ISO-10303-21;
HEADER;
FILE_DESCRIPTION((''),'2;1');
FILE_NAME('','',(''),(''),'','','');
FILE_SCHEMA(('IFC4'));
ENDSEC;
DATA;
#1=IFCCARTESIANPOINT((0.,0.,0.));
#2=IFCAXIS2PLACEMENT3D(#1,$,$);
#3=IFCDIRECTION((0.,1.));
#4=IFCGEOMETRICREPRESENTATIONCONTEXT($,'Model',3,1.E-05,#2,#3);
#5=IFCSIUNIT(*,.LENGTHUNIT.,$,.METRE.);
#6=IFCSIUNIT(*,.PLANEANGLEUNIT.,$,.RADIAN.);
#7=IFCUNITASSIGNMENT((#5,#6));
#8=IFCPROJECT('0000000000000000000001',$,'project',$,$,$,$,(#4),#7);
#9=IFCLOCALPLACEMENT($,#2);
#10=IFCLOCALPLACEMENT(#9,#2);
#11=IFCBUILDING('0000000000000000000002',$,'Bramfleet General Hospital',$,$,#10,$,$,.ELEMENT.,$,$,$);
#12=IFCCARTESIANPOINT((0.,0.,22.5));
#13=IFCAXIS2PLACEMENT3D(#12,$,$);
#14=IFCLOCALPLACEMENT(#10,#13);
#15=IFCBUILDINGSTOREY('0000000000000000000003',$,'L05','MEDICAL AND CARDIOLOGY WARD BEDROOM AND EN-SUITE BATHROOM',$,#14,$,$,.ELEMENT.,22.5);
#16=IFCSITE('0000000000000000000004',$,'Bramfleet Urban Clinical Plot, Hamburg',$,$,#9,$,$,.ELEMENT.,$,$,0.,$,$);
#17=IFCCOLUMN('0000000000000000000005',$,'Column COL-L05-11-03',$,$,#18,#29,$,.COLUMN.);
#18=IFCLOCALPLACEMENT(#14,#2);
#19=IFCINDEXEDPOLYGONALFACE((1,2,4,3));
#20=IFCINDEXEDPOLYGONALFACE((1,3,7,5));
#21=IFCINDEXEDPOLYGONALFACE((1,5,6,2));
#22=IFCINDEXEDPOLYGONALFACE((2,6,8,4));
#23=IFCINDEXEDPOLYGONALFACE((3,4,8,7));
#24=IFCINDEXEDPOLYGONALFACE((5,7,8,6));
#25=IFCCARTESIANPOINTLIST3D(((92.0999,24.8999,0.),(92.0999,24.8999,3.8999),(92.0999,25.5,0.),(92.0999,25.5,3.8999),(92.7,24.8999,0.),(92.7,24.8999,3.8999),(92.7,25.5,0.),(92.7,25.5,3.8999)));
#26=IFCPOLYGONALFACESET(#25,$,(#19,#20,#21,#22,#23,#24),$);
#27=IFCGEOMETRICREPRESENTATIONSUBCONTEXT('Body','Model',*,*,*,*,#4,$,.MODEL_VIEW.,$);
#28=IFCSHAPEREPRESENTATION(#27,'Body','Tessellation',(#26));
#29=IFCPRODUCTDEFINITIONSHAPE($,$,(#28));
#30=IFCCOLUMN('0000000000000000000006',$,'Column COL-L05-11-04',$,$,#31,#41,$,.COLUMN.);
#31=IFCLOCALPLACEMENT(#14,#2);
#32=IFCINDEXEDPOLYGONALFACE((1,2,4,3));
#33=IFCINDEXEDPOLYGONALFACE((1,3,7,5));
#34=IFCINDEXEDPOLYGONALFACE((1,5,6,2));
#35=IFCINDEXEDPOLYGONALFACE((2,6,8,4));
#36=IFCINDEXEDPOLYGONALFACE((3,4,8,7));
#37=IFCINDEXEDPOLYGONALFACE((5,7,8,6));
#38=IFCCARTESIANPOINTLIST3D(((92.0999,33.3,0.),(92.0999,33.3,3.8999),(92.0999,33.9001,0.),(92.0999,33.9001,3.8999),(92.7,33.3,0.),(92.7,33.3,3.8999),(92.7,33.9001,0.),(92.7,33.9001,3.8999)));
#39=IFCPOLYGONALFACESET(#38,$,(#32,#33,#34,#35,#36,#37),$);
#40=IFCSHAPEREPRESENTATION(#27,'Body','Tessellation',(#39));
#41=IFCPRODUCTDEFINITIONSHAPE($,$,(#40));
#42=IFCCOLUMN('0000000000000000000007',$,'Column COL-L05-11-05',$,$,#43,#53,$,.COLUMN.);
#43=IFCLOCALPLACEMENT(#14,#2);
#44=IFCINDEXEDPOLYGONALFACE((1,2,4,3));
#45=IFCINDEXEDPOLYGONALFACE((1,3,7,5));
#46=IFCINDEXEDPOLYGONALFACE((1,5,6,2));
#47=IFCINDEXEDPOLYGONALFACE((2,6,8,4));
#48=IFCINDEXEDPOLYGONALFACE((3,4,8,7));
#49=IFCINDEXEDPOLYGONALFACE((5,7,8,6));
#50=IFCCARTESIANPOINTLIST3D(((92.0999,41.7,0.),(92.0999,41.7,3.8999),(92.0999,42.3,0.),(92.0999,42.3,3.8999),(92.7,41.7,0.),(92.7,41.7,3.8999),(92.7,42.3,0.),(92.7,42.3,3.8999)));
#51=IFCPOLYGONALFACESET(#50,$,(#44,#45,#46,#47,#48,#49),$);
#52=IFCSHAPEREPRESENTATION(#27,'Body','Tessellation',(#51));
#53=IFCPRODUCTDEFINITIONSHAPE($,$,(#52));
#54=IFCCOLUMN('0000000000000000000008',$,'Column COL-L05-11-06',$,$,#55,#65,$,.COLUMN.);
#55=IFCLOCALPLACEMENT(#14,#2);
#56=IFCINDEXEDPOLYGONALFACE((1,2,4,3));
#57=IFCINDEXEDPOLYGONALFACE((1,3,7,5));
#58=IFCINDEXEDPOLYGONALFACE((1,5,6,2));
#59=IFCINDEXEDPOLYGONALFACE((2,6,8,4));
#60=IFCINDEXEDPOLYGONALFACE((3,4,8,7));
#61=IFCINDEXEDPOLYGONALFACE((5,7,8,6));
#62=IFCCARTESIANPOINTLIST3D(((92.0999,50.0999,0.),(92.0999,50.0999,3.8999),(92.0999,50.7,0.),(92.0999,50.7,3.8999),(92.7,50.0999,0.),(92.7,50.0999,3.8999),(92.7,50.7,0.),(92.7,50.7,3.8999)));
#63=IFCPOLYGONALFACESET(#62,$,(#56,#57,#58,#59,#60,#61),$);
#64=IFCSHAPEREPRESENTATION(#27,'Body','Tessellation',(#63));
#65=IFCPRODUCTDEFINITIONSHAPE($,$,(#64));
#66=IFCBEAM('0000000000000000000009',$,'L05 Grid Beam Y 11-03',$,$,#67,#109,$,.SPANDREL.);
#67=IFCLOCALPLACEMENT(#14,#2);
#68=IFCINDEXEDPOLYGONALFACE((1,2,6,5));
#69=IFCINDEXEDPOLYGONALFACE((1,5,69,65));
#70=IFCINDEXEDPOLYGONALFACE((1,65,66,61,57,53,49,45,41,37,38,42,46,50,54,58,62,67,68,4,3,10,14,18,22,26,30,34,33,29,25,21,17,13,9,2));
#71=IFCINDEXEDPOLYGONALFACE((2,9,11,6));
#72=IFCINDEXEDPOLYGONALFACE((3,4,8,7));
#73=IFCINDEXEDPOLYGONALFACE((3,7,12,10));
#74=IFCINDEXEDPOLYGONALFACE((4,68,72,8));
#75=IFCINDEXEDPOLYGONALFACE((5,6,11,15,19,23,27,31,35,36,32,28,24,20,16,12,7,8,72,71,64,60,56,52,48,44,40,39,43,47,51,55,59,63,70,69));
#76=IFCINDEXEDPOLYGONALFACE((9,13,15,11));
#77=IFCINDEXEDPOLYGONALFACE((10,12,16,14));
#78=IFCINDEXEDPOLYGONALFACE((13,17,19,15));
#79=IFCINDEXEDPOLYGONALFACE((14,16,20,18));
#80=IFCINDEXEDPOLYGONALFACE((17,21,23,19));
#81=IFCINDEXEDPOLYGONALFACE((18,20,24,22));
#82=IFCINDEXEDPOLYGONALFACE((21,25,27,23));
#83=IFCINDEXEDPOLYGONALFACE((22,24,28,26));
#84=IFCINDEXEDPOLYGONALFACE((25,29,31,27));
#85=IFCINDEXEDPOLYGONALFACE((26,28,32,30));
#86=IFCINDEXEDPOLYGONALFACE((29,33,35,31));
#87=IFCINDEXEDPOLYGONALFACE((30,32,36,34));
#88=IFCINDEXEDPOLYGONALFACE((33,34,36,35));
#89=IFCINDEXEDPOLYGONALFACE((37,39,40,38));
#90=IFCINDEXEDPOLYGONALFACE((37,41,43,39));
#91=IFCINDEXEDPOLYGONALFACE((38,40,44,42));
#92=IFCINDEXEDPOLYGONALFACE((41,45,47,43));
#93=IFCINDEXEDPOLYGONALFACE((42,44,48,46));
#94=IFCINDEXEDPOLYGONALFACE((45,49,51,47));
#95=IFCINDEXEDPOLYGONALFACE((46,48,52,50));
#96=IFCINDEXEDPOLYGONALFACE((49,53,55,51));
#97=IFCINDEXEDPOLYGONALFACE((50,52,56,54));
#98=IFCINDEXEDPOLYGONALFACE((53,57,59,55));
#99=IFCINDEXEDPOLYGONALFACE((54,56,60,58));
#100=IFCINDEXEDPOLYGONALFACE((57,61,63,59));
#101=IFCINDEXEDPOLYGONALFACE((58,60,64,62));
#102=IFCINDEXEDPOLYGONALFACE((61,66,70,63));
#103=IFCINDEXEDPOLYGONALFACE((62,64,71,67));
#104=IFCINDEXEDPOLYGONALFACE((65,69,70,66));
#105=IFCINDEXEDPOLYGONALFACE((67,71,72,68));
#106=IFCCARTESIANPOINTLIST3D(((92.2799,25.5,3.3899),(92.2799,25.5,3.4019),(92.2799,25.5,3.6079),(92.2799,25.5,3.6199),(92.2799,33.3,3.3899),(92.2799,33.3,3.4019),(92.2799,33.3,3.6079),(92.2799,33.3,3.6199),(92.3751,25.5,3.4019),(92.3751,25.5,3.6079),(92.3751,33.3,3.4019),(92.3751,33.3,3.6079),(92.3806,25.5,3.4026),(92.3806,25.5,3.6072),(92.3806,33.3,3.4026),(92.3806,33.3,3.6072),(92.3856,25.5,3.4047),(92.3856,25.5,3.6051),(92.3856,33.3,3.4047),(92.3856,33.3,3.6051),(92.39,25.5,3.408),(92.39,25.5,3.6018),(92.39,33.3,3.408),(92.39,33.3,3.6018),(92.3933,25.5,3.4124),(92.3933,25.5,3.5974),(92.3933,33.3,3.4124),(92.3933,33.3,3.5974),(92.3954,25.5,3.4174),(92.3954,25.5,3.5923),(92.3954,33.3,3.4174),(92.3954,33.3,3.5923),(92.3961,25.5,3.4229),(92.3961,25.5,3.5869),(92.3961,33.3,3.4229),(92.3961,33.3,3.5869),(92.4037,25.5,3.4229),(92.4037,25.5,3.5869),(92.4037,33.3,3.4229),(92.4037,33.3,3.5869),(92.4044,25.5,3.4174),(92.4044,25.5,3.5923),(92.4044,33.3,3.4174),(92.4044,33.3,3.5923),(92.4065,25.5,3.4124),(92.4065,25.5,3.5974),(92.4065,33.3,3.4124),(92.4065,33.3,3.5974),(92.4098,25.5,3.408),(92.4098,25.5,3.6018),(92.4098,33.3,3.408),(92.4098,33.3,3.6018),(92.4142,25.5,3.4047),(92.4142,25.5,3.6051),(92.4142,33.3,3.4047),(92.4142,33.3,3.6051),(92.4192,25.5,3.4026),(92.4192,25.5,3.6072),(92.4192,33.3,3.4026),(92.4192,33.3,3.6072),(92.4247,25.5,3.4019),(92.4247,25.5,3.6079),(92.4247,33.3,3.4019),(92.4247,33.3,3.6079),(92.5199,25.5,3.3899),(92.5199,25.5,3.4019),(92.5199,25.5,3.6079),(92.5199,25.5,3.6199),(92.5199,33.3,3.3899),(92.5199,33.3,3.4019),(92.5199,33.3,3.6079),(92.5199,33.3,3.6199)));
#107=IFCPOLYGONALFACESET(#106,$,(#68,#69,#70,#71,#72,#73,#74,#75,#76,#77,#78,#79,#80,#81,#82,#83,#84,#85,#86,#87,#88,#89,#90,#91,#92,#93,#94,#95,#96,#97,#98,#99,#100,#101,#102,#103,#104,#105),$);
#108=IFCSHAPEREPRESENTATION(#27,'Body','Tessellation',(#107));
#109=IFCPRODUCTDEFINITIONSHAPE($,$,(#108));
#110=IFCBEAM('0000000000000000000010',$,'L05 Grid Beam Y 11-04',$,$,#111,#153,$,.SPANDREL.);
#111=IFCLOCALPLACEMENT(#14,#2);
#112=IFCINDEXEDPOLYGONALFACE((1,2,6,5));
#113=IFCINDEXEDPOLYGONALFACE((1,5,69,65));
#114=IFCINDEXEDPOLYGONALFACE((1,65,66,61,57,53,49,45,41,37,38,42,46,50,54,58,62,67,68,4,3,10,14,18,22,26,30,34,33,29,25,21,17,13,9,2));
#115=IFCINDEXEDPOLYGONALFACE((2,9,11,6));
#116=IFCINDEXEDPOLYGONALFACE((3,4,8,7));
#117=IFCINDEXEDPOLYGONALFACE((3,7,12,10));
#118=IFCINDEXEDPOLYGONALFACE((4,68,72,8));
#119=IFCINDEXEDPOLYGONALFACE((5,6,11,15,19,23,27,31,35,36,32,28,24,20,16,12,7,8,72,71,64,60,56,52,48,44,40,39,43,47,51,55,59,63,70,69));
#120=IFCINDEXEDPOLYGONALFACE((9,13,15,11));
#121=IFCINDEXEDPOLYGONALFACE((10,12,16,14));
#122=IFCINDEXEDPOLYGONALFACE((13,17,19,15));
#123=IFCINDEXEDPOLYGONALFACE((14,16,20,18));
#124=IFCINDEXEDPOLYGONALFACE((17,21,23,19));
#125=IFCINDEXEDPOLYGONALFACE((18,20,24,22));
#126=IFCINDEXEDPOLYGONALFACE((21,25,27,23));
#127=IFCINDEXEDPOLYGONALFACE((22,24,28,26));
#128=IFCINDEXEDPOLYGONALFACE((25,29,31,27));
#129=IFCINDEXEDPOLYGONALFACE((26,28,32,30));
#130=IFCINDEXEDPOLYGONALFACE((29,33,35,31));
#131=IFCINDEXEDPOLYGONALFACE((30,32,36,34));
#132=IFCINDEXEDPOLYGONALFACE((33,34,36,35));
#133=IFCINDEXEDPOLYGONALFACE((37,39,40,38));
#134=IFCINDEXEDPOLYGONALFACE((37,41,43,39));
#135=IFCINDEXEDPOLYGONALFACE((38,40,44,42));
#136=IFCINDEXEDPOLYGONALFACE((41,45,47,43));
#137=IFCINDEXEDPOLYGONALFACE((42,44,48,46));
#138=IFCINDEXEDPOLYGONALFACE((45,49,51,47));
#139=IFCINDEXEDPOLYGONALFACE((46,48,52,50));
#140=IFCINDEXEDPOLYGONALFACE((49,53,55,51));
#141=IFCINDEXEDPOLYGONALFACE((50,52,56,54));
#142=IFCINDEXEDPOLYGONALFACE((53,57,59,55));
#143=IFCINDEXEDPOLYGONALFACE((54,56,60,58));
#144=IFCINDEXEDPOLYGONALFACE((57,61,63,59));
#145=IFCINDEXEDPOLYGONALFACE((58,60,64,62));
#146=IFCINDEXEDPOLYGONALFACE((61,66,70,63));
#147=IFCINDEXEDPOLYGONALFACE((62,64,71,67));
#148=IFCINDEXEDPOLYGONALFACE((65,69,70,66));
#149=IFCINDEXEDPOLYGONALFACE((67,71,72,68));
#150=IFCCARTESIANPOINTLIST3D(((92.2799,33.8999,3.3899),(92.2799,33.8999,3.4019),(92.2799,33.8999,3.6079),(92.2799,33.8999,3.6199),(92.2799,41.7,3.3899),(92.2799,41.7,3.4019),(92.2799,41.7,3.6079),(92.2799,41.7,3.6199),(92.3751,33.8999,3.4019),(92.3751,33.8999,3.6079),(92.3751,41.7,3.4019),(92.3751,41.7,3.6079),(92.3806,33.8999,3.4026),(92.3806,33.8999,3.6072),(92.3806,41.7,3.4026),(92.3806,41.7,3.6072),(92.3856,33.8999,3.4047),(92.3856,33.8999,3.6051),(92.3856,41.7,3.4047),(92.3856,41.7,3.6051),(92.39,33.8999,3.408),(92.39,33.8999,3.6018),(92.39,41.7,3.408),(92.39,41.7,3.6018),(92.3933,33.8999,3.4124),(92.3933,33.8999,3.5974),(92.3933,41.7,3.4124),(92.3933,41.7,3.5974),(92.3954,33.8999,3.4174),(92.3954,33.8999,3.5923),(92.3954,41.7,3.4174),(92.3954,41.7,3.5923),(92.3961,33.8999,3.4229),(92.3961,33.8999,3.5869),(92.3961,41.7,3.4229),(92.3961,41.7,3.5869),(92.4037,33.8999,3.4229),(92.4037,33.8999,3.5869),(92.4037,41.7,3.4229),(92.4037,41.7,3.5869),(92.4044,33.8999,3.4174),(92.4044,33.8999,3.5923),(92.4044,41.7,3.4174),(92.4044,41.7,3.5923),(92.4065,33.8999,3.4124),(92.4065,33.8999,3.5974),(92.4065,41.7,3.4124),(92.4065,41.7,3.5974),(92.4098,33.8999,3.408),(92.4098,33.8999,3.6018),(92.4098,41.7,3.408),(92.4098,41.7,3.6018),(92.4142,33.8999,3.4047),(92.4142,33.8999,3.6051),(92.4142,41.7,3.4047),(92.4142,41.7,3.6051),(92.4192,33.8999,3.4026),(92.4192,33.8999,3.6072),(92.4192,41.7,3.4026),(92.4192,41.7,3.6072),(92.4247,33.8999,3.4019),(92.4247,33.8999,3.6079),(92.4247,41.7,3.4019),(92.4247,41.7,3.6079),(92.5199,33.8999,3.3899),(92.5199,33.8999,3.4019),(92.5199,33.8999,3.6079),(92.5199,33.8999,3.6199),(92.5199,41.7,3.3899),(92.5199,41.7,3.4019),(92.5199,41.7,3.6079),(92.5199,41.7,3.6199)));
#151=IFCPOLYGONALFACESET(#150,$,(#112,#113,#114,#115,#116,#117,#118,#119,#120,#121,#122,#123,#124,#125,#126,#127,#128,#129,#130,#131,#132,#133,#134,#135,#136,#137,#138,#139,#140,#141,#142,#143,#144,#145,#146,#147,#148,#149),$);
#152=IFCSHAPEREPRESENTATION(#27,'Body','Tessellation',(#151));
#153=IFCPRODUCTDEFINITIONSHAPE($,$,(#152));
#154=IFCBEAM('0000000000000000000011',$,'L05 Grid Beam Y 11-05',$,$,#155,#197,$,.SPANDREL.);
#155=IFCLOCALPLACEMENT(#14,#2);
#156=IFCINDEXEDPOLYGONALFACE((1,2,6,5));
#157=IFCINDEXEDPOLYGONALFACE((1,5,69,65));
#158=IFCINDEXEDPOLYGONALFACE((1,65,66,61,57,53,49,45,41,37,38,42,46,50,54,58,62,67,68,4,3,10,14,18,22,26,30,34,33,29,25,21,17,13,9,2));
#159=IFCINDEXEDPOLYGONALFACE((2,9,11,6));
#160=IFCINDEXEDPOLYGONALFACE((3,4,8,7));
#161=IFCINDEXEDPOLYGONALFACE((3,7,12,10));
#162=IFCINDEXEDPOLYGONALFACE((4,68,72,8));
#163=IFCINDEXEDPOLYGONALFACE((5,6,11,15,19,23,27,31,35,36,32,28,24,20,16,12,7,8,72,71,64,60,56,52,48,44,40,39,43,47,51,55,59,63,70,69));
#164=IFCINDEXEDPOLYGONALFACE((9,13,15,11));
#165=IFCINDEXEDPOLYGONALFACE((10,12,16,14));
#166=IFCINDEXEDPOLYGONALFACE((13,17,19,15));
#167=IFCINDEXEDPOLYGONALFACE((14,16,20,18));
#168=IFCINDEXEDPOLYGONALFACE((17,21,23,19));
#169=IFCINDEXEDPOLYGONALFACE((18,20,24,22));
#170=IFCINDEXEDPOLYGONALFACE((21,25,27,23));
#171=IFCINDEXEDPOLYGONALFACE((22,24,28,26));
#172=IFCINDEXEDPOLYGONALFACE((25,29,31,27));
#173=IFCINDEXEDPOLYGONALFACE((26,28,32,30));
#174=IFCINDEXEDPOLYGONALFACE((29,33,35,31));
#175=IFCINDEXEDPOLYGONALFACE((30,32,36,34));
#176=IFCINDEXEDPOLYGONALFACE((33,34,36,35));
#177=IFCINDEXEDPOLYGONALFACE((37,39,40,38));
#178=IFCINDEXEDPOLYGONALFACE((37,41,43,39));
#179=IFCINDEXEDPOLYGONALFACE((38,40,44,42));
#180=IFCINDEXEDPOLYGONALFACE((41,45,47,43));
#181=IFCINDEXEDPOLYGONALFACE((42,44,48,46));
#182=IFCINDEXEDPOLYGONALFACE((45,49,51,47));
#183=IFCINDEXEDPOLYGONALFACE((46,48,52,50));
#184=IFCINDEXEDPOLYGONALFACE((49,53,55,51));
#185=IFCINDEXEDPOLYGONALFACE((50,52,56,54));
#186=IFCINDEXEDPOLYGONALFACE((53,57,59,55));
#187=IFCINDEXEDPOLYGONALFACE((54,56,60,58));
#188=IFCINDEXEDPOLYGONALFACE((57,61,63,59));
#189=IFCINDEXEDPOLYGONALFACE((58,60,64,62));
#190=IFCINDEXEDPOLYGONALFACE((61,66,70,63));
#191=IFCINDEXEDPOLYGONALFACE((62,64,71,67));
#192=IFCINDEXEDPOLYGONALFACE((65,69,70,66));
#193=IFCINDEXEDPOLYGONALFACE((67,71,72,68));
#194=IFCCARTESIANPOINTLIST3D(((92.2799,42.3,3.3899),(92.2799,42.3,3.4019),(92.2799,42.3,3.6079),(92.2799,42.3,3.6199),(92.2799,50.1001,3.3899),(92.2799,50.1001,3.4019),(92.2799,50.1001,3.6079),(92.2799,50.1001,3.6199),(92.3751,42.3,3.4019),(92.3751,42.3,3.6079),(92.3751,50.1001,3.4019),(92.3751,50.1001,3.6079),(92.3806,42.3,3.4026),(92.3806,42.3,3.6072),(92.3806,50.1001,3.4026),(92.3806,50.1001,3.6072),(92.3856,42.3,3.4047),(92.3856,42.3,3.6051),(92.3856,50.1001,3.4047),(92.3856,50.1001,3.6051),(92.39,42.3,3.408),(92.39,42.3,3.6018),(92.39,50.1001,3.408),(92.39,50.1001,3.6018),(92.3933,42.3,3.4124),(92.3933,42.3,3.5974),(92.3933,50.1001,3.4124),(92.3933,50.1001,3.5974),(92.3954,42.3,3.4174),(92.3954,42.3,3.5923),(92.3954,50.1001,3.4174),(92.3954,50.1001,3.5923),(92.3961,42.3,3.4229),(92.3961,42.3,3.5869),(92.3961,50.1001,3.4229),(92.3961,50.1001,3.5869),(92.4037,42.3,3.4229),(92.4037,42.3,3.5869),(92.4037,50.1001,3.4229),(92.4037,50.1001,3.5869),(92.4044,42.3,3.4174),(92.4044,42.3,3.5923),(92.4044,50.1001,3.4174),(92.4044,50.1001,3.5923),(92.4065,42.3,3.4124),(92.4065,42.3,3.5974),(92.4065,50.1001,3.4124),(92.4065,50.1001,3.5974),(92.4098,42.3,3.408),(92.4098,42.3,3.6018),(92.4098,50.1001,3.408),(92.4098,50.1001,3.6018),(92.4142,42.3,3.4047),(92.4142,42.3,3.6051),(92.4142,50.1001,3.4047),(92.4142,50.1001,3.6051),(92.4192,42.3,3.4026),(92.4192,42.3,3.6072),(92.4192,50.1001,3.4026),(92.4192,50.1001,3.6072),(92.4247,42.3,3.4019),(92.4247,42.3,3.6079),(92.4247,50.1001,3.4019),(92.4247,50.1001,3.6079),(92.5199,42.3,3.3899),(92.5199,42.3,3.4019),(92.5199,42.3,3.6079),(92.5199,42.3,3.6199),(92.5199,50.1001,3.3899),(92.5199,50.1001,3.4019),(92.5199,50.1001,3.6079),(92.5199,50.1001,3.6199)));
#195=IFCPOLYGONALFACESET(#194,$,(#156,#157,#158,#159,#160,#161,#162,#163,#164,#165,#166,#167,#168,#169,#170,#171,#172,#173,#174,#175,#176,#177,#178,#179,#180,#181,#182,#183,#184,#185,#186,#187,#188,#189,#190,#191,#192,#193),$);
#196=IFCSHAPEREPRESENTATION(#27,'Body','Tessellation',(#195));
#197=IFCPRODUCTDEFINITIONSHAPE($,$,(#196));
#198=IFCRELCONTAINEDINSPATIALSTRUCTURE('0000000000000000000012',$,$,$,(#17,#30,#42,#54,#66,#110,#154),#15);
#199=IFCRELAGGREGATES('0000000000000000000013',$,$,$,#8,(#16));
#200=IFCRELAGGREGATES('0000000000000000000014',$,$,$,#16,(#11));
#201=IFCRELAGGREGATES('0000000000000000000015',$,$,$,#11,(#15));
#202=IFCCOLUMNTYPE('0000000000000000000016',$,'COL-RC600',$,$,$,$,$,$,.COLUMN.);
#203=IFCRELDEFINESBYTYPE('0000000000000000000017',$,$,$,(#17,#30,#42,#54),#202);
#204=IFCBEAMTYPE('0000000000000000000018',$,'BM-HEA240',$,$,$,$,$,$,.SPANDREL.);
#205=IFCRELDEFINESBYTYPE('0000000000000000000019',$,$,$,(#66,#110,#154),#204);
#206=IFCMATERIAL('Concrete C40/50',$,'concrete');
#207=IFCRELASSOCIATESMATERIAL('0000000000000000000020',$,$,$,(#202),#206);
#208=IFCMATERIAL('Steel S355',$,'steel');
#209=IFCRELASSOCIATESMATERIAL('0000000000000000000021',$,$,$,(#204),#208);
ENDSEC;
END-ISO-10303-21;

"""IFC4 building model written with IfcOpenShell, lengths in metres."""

from ifc_helpers import new_model, si_unit, direction, frame, origin, origin_2d, place, context, subcontext, project, spatial, rectangle, i_section, extrude, material, material_profile, profile_set, type_object, element, save


model = new_model("IFC4")

# Units and contexts
model_context = context("Model", 3, precision=1e-05, world=origin(), true_north=direction((0.0, 1.0)))
body_context = subcontext(model_context, "Body", "Model", "MODEL_VIEW")
ifc_project = project(units=[si_unit("LENGTHUNIT", "METRE"), si_unit("PLANEANGLEUNIT", "RADIAN")], contexts=[model_context])

# Site, building, storey
site_placement = place(None, origin())
site = spatial("IfcSite", under=ifc_project, at=site_placement, Name="Bramfleet Urban Clinical Plot, Hamburg", CompositionType="ELEMENT", RefElevation=0.0)
building_placement = place(site_placement, origin())
building = spatial("IfcBuilding", under=site, at=building_placement, Name="Bramfleet General Hospital", CompositionType="ELEMENT")
storey_placement = place(building_placement, frame((0.0, 0.0, 22.5)))
storey = spatial("IfcBuildingStorey", under=building, at=storey_placement, Name="L05", Description="MEDICAL AND CARDIOLOGY WARD BEDROOM AND EN-SUITE BATHROOM", CompositionType="ELEMENT", Elevation=22.5)

# Columns
ifc_material_1 = material(Name="Concrete C40/50", Category="concrete")
ifc_material_profile_1 = material_profile(ifc_material_1, rectangle(XDim=0.6001, YDim=0.6001, at=origin_2d()), Name="RC COL 600x600")
ifc_profile_set_1 = profile_set([ifc_material_profile_1], Name="Concrete C40/50")
column_type = type_object("IfcColumnType", Name="COL-RC600", PredefinedType="COLUMN", material=ifc_profile_set_1)
for number, where, z_axis, x_axis, name in (
    (1, (92.3999, 25.2, 0.0), (0.0, 0.0, 1.0), (1.0, 0.0, 0.0), "Column COL-L05-11-03"),
    (2, (92.3999, 33.6001, 0.0), (0.0, 0.0, 1.0), (1.0, 0.0, 0.0), "Column COL-L05-11-04"),
    (3, (92.3999, 42.0, 0.0), (0.0, 0.0, 1.0), (1.0, 0.0, 0.0), "Column COL-L05-11-05"),
    (4, (92.3999, 50.3999, 0.0), (0.0, 0.0, 1.0), (1.0, 0.0, 0.0), "Column COL-L05-11-06"),
):
    element("IfcColumn", number, at=place(storey_placement, frame(where, z_axis=z_axis, x_axis=x_axis)), inside=storey, type_object=column_type, Name=name, PredefinedType="COLUMN", context=body_context, shape_type="SweptSolid", body=[
        extrude(rectangle(XDim=0.6001, YDim=0.6001, at=origin_2d()), origin(), (0.0, 0.0, 1.0), 3.8999),
    ])

# Beams
ifc_material_2 = material(Name="Steel S355", Category="steel")
ifc_material_profile_2 = material_profile(ifc_material_2, i_section(OverallWidth=0.24, OverallDepth=0.23, WebThickness=0.0076, FlangeThickness=0.012, FilletRadius=0.021, at=origin_2d()), Name="HEA 240")
ifc_profile_set_2 = profile_set([ifc_material_profile_2], Name="Steel S355")
beam_type = type_object("IfcBeamType", Name="BM-HEA240", PredefinedType="SPANDREL", material=ifc_profile_set_2)
for number, where, z_axis, x_axis, name in (
    (5, (92.3999, 25.5, 3.5049), (0.0, 1.0, 0.0), (-1.0, 0.0, 0.0), "L05 Grid Beam Y 11-03"),
    (6, (92.3999, 33.8999, 3.5049), (0.0, 1.0, 0.0), (-1.0, 0.0, 0.0), "L05 Grid Beam Y 11-04"),
    (7, (92.3999, 42.3, 3.5049), (0.0, 1.0, 0.0), (-1.0, 0.0, 0.0), "L05 Grid Beam Y 11-05"),
):
    element("IfcBeam", number, at=place(storey_placement, frame(where, z_axis=z_axis, x_axis=x_axis)), inside=storey, type_object=beam_type, Name=name, PredefinedType="SPANDREL", context=body_context, shape_type="SweptSolid", body=[
        extrude(i_section(OverallWidth=0.24, OverallDepth=0.23, WebThickness=0.0076, FlangeThickness=0.012, FilletRadius=0.021, at=origin_2d()), origin(), (0.0, 0.0, 1.0), 7.8),
    ])

save(model, "model.ifc")
